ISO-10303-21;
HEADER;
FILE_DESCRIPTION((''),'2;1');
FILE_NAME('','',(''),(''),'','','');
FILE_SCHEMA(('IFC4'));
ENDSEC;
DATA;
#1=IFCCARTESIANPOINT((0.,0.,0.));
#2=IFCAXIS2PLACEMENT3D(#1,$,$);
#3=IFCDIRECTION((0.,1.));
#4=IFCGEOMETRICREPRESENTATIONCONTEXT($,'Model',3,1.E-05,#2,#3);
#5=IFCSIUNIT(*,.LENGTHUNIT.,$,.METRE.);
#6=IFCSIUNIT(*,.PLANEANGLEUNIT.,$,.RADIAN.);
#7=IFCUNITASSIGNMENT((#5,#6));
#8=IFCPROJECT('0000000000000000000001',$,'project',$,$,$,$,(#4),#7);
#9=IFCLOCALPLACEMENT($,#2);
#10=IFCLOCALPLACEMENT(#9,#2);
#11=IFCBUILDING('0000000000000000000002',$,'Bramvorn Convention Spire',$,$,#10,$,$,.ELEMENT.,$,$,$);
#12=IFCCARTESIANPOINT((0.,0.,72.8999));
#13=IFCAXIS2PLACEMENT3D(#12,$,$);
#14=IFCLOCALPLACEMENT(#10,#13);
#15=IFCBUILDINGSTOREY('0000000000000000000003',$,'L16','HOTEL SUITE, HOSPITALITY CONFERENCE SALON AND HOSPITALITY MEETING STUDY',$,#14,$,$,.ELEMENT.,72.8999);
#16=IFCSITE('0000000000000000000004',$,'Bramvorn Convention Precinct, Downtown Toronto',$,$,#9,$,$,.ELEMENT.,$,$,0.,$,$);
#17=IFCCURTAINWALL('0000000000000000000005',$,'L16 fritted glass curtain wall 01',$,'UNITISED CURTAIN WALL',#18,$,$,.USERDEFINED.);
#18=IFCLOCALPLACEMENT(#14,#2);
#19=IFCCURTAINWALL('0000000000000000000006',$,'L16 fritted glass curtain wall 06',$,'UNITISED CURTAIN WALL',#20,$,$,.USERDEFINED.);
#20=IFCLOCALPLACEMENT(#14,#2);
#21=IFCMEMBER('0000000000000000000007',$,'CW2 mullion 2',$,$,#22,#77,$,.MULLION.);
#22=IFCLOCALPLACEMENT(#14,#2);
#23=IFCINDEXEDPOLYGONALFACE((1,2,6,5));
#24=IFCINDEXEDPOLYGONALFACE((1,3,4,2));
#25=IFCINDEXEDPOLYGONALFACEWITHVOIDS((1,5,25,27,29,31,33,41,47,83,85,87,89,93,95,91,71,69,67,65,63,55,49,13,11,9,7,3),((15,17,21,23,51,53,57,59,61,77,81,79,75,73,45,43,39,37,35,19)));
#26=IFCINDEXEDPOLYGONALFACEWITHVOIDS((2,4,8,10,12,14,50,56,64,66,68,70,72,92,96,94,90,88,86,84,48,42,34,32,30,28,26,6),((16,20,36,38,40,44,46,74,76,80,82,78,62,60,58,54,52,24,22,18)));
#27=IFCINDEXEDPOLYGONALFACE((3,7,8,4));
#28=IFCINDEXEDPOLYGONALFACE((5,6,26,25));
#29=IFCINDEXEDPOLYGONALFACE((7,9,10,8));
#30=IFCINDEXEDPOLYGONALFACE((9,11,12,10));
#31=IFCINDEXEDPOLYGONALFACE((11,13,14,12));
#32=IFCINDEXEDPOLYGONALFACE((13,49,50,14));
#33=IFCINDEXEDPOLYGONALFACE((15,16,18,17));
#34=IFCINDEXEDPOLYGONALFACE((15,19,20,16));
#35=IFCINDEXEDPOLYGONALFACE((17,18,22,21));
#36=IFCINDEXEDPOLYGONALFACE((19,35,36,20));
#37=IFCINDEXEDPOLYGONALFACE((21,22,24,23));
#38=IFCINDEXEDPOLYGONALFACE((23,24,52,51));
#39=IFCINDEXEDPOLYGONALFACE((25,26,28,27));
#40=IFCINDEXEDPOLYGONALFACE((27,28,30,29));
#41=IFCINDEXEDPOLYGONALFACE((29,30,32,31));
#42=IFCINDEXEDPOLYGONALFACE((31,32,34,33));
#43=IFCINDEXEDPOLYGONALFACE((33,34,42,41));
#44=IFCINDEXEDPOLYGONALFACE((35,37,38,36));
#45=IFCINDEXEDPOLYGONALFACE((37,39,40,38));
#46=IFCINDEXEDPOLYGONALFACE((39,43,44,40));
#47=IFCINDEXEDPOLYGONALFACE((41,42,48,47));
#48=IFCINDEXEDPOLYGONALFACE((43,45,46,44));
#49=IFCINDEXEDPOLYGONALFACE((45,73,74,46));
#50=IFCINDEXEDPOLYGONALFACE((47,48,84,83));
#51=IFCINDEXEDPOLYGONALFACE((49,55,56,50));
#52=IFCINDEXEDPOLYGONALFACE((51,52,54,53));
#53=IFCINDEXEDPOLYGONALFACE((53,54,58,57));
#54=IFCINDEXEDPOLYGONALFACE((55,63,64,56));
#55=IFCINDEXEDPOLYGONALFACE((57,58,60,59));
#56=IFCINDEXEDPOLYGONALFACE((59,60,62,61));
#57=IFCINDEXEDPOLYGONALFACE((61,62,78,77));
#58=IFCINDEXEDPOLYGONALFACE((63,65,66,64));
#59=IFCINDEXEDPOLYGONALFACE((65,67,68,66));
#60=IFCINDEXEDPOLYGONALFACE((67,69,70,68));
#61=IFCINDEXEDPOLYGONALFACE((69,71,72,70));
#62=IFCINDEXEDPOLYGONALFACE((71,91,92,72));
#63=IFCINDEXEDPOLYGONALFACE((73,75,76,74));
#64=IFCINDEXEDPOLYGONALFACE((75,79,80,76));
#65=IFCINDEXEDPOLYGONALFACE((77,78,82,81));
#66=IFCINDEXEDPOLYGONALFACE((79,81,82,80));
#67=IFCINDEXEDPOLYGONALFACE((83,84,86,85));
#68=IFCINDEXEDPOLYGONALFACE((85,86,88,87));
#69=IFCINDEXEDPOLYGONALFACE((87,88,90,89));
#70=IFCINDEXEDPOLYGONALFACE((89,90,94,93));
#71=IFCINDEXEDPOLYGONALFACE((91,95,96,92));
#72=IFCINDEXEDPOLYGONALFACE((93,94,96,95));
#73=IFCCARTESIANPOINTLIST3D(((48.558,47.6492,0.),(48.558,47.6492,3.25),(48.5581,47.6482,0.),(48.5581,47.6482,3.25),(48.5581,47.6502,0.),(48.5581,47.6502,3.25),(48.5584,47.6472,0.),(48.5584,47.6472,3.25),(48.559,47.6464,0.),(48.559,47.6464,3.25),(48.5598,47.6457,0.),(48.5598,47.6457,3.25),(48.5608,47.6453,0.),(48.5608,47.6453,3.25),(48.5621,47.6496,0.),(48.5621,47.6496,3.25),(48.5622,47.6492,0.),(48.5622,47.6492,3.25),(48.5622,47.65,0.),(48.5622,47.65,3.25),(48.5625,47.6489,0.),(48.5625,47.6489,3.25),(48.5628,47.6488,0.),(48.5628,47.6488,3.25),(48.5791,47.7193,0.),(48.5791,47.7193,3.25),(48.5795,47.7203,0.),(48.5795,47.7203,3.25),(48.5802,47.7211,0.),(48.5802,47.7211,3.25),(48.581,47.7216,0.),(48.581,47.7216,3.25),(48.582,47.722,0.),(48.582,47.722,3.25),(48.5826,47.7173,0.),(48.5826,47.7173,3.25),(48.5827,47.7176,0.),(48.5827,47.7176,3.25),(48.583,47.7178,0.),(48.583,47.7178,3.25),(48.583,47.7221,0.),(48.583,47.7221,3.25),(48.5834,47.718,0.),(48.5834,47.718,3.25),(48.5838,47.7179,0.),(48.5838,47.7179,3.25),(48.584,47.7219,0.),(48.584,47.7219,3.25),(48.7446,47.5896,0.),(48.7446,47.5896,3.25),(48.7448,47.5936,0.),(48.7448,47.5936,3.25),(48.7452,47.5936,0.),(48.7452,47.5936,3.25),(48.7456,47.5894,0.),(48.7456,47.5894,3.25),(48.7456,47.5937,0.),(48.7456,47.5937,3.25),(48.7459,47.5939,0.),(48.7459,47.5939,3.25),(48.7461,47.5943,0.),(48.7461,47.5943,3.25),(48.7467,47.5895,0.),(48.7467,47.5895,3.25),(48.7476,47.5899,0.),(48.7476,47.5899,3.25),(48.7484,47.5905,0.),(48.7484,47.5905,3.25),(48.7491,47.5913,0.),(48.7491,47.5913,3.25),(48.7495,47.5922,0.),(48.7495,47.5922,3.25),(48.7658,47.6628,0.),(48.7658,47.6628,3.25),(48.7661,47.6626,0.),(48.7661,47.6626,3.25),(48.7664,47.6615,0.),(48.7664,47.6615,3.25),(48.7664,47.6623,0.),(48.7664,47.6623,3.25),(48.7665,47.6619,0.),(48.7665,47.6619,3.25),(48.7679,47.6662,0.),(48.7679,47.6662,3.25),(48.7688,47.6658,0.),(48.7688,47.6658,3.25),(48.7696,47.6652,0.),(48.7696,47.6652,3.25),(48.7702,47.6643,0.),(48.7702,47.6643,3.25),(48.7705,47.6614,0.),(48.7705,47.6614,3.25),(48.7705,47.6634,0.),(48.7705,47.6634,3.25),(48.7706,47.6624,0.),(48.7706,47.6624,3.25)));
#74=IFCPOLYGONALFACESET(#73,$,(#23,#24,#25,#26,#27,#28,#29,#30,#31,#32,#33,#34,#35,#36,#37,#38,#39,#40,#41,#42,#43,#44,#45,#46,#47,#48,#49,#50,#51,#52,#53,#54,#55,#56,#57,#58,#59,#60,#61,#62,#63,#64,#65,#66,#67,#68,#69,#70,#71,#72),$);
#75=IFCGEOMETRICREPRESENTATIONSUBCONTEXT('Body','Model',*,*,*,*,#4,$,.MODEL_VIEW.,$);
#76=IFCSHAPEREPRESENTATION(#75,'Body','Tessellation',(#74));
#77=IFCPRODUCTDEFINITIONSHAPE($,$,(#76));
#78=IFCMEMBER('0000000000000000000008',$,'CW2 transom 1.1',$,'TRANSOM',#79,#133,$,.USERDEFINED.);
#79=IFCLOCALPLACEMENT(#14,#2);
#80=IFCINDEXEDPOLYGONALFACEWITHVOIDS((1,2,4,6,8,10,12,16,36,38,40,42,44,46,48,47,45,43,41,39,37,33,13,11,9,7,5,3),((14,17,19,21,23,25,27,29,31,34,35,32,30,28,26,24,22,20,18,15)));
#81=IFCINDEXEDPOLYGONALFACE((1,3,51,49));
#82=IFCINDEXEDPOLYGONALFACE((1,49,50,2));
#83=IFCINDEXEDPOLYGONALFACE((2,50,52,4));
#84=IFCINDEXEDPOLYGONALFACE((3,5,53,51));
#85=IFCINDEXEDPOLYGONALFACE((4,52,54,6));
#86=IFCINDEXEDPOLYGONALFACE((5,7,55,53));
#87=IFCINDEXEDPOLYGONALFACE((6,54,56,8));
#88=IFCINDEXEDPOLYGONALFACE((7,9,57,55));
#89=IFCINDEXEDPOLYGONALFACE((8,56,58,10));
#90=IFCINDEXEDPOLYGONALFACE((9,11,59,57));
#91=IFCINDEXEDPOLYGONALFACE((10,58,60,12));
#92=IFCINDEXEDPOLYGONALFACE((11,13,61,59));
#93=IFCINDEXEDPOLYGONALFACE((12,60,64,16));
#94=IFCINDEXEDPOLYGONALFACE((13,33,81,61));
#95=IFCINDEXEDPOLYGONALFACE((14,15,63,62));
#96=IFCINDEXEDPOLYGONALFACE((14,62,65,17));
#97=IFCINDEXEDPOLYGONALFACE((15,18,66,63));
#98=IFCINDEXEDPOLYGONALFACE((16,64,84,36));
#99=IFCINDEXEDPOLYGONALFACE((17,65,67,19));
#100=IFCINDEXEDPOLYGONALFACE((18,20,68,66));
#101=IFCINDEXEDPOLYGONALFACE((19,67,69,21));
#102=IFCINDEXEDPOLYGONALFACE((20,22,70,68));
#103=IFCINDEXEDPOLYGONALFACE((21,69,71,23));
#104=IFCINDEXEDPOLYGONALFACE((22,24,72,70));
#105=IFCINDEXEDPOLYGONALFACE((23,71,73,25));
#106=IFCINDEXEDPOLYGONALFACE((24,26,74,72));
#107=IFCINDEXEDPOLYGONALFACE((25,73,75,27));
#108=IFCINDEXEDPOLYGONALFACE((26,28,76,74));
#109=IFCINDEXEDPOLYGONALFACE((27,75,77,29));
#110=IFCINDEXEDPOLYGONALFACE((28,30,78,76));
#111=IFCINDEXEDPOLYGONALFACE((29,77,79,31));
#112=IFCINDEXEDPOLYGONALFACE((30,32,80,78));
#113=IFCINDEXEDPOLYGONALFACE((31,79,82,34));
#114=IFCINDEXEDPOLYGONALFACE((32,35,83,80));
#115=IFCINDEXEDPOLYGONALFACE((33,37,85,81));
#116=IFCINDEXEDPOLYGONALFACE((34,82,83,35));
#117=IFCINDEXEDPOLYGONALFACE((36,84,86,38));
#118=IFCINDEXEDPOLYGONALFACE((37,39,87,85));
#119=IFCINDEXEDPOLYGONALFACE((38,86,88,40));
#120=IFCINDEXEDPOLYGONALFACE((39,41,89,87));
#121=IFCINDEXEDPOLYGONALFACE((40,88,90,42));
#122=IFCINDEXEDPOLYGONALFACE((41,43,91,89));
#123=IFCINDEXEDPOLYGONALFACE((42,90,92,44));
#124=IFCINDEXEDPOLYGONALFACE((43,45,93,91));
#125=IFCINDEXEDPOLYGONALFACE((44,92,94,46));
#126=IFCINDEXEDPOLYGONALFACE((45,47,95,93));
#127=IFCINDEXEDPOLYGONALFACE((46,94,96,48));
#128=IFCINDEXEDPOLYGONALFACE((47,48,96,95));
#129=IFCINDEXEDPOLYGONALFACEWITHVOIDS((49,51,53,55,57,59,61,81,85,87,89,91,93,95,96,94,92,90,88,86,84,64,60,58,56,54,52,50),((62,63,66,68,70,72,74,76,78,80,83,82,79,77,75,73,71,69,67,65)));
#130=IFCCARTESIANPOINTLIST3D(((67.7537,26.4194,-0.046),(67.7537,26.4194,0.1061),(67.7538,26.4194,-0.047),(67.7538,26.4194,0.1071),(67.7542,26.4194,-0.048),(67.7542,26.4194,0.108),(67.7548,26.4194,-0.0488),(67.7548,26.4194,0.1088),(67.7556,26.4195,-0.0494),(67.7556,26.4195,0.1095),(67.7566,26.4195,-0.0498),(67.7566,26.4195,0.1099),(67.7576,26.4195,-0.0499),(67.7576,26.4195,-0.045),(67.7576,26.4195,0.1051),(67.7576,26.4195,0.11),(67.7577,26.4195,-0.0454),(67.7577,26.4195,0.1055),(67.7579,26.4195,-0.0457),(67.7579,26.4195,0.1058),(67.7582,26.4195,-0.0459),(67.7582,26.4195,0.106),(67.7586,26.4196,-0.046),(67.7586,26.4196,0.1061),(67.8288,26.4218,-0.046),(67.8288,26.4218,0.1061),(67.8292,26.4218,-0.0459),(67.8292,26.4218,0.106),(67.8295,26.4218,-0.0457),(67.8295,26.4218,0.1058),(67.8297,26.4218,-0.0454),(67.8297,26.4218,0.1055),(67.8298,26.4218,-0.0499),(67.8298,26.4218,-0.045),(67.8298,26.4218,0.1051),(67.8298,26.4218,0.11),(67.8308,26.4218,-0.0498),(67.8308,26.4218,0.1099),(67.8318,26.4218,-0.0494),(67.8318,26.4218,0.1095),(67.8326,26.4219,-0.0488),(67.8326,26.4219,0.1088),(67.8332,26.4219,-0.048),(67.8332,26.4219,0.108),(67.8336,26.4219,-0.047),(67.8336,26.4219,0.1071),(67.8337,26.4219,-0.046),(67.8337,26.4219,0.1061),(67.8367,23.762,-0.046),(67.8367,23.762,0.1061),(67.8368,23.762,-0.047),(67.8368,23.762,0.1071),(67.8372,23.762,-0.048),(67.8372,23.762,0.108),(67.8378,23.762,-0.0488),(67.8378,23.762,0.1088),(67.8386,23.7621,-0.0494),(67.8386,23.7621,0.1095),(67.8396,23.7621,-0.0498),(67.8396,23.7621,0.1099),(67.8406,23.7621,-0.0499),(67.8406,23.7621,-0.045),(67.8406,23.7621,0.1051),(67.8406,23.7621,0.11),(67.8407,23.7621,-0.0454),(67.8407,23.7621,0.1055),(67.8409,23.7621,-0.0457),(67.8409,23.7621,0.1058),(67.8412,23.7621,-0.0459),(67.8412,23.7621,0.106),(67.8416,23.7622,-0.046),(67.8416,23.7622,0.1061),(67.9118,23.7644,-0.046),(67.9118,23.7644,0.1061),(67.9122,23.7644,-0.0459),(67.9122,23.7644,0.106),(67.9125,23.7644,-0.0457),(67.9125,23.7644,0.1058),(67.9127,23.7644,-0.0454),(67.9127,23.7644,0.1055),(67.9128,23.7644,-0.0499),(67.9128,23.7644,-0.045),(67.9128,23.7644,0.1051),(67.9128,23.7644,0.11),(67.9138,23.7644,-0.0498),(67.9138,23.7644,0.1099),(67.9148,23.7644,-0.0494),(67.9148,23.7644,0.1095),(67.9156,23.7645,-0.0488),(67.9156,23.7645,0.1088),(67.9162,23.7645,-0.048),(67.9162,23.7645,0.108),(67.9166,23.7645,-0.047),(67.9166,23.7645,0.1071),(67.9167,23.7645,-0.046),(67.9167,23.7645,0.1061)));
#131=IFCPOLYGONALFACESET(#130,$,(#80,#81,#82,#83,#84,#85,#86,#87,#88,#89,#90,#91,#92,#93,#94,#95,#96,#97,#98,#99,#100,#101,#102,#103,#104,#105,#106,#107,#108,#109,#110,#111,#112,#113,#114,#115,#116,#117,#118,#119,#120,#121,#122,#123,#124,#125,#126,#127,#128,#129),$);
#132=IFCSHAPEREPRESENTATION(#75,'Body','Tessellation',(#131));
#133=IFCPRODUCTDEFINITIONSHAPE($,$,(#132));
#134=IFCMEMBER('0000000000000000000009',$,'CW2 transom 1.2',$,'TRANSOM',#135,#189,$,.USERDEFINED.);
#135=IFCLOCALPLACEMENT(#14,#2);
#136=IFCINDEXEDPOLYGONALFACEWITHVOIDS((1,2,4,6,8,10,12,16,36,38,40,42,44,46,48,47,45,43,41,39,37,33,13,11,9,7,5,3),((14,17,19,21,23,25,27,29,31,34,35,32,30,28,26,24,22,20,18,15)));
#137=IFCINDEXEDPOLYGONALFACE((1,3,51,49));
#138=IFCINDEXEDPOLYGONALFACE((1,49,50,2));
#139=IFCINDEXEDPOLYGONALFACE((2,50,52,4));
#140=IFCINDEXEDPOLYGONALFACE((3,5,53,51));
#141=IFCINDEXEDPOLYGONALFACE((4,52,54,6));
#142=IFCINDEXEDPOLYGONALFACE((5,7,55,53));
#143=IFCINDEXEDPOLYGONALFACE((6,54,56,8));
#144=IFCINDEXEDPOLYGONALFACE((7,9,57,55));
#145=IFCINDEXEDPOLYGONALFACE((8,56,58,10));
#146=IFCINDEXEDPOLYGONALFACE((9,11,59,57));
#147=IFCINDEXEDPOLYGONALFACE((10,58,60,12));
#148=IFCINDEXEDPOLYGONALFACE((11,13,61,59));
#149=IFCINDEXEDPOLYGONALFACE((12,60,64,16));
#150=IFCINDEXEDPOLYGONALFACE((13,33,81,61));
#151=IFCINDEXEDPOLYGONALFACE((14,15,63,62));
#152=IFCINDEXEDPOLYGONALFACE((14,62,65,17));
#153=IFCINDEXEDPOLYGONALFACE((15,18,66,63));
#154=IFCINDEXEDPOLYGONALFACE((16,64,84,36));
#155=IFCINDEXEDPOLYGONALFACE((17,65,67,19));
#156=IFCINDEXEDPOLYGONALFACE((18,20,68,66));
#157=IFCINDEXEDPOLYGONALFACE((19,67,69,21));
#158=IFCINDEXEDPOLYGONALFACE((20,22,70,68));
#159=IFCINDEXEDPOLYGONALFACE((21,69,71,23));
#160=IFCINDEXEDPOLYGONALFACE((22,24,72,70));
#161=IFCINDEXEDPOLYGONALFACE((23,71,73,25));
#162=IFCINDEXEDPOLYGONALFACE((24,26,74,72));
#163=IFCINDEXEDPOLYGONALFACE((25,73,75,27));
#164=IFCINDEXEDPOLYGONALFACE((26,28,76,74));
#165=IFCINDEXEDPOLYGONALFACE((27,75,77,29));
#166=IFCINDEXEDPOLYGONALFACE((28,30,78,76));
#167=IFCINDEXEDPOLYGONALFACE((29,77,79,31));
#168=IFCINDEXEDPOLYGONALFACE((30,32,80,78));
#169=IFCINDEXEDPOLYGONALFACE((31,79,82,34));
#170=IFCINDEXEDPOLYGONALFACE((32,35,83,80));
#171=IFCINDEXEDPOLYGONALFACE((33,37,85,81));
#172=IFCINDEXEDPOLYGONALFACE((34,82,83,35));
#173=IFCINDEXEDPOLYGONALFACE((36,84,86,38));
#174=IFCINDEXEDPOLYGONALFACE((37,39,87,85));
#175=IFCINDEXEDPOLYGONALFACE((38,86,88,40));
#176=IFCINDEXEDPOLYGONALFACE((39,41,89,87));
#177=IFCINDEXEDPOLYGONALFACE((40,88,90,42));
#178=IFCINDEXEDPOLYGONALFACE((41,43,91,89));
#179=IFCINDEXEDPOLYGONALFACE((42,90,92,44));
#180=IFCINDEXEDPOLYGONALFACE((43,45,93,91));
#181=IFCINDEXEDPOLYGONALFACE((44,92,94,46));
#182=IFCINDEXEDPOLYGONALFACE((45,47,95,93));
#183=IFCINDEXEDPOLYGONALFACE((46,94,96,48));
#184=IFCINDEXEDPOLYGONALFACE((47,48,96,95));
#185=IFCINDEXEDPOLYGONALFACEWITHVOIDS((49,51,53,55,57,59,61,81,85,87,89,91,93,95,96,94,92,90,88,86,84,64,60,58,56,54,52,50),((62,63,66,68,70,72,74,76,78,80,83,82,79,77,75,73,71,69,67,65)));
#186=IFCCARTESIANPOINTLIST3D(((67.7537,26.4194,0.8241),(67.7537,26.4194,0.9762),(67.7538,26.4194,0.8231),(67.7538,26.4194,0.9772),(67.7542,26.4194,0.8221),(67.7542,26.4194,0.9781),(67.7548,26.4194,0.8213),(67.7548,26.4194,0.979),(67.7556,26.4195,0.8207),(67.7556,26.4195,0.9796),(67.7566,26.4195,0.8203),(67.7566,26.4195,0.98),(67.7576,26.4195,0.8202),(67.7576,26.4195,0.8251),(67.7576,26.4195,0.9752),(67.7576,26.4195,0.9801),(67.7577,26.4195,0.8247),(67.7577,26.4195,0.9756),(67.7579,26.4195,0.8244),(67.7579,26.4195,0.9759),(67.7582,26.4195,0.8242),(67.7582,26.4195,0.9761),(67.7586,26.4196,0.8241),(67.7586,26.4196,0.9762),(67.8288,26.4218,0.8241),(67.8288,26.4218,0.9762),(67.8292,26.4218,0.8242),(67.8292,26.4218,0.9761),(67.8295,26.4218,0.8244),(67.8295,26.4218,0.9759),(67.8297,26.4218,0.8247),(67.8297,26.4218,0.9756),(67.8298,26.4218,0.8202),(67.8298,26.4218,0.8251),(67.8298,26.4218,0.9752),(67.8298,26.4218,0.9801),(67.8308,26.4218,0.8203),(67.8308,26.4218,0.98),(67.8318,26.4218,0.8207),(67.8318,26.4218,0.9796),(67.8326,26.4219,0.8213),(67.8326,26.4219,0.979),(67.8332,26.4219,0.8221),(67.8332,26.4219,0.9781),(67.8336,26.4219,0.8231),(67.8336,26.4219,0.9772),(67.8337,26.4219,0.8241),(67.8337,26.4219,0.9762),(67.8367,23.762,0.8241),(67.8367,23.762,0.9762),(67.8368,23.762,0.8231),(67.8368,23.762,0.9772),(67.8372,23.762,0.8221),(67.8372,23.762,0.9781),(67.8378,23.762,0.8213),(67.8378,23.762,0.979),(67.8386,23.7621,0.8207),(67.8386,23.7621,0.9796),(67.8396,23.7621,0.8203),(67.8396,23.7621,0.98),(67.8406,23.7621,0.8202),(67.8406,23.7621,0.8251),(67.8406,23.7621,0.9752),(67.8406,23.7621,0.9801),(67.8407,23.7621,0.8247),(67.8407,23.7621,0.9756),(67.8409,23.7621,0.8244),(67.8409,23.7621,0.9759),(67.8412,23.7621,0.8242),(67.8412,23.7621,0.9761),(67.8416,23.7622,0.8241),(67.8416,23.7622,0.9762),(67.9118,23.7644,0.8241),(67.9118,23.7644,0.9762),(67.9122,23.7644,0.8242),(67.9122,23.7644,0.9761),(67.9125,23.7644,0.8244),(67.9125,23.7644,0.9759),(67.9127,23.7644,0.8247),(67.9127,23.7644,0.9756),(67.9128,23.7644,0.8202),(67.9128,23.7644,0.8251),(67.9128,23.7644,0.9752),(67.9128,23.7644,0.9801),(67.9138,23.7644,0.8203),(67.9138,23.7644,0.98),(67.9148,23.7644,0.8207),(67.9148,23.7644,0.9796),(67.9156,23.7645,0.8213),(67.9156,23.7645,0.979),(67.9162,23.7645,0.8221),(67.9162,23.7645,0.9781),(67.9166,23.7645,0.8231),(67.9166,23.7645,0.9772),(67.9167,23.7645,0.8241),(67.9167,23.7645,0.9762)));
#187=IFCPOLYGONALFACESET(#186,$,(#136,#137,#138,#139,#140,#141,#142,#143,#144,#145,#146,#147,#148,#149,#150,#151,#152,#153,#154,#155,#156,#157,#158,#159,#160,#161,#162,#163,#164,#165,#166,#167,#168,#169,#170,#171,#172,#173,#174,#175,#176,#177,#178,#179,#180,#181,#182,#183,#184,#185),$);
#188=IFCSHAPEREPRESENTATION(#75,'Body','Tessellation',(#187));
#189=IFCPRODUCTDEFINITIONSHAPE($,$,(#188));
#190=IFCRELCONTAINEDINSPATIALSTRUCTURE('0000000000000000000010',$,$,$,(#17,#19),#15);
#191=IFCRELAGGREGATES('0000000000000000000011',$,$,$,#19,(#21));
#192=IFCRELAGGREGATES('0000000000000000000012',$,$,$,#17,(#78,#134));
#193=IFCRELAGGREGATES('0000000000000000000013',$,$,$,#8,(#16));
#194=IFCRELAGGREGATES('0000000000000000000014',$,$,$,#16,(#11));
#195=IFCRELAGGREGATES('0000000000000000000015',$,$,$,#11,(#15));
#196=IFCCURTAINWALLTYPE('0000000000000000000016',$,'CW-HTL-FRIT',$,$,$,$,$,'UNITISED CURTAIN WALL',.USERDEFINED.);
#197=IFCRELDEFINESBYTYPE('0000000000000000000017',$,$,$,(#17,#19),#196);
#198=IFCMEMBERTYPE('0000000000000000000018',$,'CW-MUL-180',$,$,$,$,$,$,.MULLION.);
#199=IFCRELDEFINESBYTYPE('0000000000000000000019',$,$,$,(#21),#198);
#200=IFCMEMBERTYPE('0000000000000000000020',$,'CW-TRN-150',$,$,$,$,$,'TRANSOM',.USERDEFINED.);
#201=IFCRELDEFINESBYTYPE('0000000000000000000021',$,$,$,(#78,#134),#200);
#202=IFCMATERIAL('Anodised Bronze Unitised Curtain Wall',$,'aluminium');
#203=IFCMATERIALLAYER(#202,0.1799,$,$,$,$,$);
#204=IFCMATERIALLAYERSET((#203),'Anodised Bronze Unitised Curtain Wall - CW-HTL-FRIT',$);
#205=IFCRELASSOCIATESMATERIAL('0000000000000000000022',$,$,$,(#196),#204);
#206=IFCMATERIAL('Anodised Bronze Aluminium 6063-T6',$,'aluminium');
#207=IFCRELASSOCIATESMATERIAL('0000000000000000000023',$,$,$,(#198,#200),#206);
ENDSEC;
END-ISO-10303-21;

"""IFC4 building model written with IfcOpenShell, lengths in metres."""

from ifc_helpers import new_model, si_unit, direction, frame, origin, origin_2d, place, context, subcontext, project, spatial, hollow_rectangle, extrude, material, layer, layer_set, material_profile, profile_set, type_object, element, aggregate, save


model = new_model("IFC4")

# Units and contexts
model_context = context("Model", 3, precision=1e-05, world=origin(), true_north=direction((0.0, 1.0)))
body_context = subcontext(model_context, "Body", "Model", "MODEL_VIEW")
ifc_project = project(units=[si_unit("LENGTHUNIT", "METRE"), si_unit("PLANEANGLEUNIT", "RADIAN")], contexts=[model_context])

# Site, building, storey
site_placement = place(None, origin())
site = spatial("IfcSite", under=ifc_project, at=site_placement, Name="Bramvorn Convention Precinct, Downtown Toronto", CompositionType="ELEMENT", RefElevation=0.0)
building_placement = place(site_placement, origin())
building = spatial("IfcBuilding", under=site, at=building_placement, Name="Bramvorn Convention Spire", CompositionType="ELEMENT")
storey_placement = place(building_placement, frame((0.0, 0.0, 72.8999)))
storey = spatial("IfcBuildingStorey", under=building, at=storey_placement, Name="L16", Description="HOTEL SUITE, HOSPITALITY CONFERENCE SALON AND HOSPITALITY MEETING STUDY", CompositionType="ELEMENT", Elevation=72.8999)

# Curtain wall
ifc_material_1 = material(Name="Anodised Bronze Unitised Curtain Wall", Category="aluminium")
ifc_layer_1 = layer(ifc_material_1, 0.1799)
ifc_layer_set_1 = layer_set([ifc_layer_1], Name="Anodised Bronze Unitised Curtain Wall - CW-HTL-FRIT")
curtain_wall_type = type_object("IfcCurtainWallType", Name="CW-HTL-FRIT", ElementType="UNITISED CURTAIN WALL", PredefinedType="USERDEFINED", material=ifc_layer_set_1)
curtain_wall_1_placement = place(storey_placement, origin())
curtain_wall_1 = element("IfcCurtainWall", 1, at=curtain_wall_1_placement, inside=storey, type_object=curtain_wall_type, Name="L16 fritted glass curtain wall 01", ObjectType="UNITISED CURTAIN WALL", PredefinedType="USERDEFINED")
ifc_material_2 = material(Name="Anodised Bronze Aluminium 6063-T6", Category="aluminium")
ifc_material_profile_1 = material_profile(ifc_material_2, hollow_rectangle(XDim=0.0801, YDim=0.2, WallThickness=0.0039, InnerFilletRadius=0.001, OuterFilletRadius=0.0039, at=origin_2d()))
ifc_profile_set_1 = profile_set([ifc_material_profile_1], Name="Anodised Bronze Aluminium 6063-T6 - CWM80X200")
member_type_1 = type_object("IfcMemberType", Name="CW-MUL-180", PredefinedType="MULLION", material=ifc_profile_set_1)

# Curtain wall, member
curtain_wall_2_placement = place(storey_placement, origin())
curtain_wall_2 = element("IfcCurtainWall", 2, at=curtain_wall_2_placement, inside=storey, type_object=curtain_wall_type, Name="L16 fritted glass curtain wall 06", ObjectType="UNITISED CURTAIN WALL", PredefinedType="USERDEFINED")
member_1_placement = place(storey_placement, frame((48.6643, 47.6558, 0.0), z_axis=(0.0, 0.0, 1.0), x_axis=(0.289986, 0.957031, 0.0)))
member_1 = element("IfcMember", 3, at=member_1_placement, type_object=member_type_1, Name="CW2 mullion 2", PredefinedType="MULLION", context=body_context, shape_type="SweptSolid", body=[
    extrude(hollow_rectangle(XDim=0.0801, YDim=0.2, WallThickness=0.0039, InnerFilletRadius=0.001, OuterFilletRadius=0.0039, at=origin_2d()), origin(), (0.0, 0.0, 1.0), 3.25),
])
aggregate(curtain_wall_2, [member_1])

# Members
ifc_material_profile_2 = material_profile(ifc_material_2, hollow_rectangle(XDim=0.0801, YDim=0.1599, WallThickness=0.0039, InnerFilletRadius=0.001, OuterFilletRadius=0.0039, at=origin_2d()))
ifc_profile_set_2 = profile_set([ifc_material_profile_2], Name="Anodised Bronze Aluminium 6063-T6 - CWT80X160")
member_type_2 = type_object("IfcMemberType", Name="CW-TRN-150", ElementType="TRANSOM", PredefinedType="USERDEFINED", material=ifc_profile_set_2)
member_2_placement = place(storey_placement, frame((67.7937, 26.4207, 0.03), z_axis=(0.03122, -0.999513, 0.0), x_axis=(0.999513, 0.03122, 0.0)))
member_2 = element("IfcMember", 4, at=member_2_placement, type_object=member_type_2, Name="CW2 transom 1.1", ObjectType="TRANSOM", PredefinedType="USERDEFINED", context=body_context, shape_type="SweptSolid", body=[
    extrude(hollow_rectangle(XDim=0.0801, YDim=0.1599, WallThickness=0.0039, InnerFilletRadius=0.001, OuterFilletRadius=0.0039, at=origin_2d()), origin(), (0.0, 0.0, 1.0), 2.6587),
])
member_3_placement = place(storey_placement, frame((67.7937, 26.4207, 0.9001), z_axis=(0.03122, -0.999513, 0.0), x_axis=(0.999513, 0.03122, 0.0)))
member_3 = element("IfcMember", 5, at=member_3_placement, type_object=member_type_2, Name="CW2 transom 1.2", ObjectType="TRANSOM", PredefinedType="USERDEFINED", context=body_context, shape_type="SweptSolid", body=[
    extrude(hollow_rectangle(XDim=0.0801, YDim=0.1599, WallThickness=0.0039, InnerFilletRadius=0.001, OuterFilletRadius=0.0039, at=origin_2d()), origin(), (0.0, 0.0, 1.0), 2.6587),
])

aggregate(curtain_wall_1, [member_2, member_3])

save(model, "model.ifc")
